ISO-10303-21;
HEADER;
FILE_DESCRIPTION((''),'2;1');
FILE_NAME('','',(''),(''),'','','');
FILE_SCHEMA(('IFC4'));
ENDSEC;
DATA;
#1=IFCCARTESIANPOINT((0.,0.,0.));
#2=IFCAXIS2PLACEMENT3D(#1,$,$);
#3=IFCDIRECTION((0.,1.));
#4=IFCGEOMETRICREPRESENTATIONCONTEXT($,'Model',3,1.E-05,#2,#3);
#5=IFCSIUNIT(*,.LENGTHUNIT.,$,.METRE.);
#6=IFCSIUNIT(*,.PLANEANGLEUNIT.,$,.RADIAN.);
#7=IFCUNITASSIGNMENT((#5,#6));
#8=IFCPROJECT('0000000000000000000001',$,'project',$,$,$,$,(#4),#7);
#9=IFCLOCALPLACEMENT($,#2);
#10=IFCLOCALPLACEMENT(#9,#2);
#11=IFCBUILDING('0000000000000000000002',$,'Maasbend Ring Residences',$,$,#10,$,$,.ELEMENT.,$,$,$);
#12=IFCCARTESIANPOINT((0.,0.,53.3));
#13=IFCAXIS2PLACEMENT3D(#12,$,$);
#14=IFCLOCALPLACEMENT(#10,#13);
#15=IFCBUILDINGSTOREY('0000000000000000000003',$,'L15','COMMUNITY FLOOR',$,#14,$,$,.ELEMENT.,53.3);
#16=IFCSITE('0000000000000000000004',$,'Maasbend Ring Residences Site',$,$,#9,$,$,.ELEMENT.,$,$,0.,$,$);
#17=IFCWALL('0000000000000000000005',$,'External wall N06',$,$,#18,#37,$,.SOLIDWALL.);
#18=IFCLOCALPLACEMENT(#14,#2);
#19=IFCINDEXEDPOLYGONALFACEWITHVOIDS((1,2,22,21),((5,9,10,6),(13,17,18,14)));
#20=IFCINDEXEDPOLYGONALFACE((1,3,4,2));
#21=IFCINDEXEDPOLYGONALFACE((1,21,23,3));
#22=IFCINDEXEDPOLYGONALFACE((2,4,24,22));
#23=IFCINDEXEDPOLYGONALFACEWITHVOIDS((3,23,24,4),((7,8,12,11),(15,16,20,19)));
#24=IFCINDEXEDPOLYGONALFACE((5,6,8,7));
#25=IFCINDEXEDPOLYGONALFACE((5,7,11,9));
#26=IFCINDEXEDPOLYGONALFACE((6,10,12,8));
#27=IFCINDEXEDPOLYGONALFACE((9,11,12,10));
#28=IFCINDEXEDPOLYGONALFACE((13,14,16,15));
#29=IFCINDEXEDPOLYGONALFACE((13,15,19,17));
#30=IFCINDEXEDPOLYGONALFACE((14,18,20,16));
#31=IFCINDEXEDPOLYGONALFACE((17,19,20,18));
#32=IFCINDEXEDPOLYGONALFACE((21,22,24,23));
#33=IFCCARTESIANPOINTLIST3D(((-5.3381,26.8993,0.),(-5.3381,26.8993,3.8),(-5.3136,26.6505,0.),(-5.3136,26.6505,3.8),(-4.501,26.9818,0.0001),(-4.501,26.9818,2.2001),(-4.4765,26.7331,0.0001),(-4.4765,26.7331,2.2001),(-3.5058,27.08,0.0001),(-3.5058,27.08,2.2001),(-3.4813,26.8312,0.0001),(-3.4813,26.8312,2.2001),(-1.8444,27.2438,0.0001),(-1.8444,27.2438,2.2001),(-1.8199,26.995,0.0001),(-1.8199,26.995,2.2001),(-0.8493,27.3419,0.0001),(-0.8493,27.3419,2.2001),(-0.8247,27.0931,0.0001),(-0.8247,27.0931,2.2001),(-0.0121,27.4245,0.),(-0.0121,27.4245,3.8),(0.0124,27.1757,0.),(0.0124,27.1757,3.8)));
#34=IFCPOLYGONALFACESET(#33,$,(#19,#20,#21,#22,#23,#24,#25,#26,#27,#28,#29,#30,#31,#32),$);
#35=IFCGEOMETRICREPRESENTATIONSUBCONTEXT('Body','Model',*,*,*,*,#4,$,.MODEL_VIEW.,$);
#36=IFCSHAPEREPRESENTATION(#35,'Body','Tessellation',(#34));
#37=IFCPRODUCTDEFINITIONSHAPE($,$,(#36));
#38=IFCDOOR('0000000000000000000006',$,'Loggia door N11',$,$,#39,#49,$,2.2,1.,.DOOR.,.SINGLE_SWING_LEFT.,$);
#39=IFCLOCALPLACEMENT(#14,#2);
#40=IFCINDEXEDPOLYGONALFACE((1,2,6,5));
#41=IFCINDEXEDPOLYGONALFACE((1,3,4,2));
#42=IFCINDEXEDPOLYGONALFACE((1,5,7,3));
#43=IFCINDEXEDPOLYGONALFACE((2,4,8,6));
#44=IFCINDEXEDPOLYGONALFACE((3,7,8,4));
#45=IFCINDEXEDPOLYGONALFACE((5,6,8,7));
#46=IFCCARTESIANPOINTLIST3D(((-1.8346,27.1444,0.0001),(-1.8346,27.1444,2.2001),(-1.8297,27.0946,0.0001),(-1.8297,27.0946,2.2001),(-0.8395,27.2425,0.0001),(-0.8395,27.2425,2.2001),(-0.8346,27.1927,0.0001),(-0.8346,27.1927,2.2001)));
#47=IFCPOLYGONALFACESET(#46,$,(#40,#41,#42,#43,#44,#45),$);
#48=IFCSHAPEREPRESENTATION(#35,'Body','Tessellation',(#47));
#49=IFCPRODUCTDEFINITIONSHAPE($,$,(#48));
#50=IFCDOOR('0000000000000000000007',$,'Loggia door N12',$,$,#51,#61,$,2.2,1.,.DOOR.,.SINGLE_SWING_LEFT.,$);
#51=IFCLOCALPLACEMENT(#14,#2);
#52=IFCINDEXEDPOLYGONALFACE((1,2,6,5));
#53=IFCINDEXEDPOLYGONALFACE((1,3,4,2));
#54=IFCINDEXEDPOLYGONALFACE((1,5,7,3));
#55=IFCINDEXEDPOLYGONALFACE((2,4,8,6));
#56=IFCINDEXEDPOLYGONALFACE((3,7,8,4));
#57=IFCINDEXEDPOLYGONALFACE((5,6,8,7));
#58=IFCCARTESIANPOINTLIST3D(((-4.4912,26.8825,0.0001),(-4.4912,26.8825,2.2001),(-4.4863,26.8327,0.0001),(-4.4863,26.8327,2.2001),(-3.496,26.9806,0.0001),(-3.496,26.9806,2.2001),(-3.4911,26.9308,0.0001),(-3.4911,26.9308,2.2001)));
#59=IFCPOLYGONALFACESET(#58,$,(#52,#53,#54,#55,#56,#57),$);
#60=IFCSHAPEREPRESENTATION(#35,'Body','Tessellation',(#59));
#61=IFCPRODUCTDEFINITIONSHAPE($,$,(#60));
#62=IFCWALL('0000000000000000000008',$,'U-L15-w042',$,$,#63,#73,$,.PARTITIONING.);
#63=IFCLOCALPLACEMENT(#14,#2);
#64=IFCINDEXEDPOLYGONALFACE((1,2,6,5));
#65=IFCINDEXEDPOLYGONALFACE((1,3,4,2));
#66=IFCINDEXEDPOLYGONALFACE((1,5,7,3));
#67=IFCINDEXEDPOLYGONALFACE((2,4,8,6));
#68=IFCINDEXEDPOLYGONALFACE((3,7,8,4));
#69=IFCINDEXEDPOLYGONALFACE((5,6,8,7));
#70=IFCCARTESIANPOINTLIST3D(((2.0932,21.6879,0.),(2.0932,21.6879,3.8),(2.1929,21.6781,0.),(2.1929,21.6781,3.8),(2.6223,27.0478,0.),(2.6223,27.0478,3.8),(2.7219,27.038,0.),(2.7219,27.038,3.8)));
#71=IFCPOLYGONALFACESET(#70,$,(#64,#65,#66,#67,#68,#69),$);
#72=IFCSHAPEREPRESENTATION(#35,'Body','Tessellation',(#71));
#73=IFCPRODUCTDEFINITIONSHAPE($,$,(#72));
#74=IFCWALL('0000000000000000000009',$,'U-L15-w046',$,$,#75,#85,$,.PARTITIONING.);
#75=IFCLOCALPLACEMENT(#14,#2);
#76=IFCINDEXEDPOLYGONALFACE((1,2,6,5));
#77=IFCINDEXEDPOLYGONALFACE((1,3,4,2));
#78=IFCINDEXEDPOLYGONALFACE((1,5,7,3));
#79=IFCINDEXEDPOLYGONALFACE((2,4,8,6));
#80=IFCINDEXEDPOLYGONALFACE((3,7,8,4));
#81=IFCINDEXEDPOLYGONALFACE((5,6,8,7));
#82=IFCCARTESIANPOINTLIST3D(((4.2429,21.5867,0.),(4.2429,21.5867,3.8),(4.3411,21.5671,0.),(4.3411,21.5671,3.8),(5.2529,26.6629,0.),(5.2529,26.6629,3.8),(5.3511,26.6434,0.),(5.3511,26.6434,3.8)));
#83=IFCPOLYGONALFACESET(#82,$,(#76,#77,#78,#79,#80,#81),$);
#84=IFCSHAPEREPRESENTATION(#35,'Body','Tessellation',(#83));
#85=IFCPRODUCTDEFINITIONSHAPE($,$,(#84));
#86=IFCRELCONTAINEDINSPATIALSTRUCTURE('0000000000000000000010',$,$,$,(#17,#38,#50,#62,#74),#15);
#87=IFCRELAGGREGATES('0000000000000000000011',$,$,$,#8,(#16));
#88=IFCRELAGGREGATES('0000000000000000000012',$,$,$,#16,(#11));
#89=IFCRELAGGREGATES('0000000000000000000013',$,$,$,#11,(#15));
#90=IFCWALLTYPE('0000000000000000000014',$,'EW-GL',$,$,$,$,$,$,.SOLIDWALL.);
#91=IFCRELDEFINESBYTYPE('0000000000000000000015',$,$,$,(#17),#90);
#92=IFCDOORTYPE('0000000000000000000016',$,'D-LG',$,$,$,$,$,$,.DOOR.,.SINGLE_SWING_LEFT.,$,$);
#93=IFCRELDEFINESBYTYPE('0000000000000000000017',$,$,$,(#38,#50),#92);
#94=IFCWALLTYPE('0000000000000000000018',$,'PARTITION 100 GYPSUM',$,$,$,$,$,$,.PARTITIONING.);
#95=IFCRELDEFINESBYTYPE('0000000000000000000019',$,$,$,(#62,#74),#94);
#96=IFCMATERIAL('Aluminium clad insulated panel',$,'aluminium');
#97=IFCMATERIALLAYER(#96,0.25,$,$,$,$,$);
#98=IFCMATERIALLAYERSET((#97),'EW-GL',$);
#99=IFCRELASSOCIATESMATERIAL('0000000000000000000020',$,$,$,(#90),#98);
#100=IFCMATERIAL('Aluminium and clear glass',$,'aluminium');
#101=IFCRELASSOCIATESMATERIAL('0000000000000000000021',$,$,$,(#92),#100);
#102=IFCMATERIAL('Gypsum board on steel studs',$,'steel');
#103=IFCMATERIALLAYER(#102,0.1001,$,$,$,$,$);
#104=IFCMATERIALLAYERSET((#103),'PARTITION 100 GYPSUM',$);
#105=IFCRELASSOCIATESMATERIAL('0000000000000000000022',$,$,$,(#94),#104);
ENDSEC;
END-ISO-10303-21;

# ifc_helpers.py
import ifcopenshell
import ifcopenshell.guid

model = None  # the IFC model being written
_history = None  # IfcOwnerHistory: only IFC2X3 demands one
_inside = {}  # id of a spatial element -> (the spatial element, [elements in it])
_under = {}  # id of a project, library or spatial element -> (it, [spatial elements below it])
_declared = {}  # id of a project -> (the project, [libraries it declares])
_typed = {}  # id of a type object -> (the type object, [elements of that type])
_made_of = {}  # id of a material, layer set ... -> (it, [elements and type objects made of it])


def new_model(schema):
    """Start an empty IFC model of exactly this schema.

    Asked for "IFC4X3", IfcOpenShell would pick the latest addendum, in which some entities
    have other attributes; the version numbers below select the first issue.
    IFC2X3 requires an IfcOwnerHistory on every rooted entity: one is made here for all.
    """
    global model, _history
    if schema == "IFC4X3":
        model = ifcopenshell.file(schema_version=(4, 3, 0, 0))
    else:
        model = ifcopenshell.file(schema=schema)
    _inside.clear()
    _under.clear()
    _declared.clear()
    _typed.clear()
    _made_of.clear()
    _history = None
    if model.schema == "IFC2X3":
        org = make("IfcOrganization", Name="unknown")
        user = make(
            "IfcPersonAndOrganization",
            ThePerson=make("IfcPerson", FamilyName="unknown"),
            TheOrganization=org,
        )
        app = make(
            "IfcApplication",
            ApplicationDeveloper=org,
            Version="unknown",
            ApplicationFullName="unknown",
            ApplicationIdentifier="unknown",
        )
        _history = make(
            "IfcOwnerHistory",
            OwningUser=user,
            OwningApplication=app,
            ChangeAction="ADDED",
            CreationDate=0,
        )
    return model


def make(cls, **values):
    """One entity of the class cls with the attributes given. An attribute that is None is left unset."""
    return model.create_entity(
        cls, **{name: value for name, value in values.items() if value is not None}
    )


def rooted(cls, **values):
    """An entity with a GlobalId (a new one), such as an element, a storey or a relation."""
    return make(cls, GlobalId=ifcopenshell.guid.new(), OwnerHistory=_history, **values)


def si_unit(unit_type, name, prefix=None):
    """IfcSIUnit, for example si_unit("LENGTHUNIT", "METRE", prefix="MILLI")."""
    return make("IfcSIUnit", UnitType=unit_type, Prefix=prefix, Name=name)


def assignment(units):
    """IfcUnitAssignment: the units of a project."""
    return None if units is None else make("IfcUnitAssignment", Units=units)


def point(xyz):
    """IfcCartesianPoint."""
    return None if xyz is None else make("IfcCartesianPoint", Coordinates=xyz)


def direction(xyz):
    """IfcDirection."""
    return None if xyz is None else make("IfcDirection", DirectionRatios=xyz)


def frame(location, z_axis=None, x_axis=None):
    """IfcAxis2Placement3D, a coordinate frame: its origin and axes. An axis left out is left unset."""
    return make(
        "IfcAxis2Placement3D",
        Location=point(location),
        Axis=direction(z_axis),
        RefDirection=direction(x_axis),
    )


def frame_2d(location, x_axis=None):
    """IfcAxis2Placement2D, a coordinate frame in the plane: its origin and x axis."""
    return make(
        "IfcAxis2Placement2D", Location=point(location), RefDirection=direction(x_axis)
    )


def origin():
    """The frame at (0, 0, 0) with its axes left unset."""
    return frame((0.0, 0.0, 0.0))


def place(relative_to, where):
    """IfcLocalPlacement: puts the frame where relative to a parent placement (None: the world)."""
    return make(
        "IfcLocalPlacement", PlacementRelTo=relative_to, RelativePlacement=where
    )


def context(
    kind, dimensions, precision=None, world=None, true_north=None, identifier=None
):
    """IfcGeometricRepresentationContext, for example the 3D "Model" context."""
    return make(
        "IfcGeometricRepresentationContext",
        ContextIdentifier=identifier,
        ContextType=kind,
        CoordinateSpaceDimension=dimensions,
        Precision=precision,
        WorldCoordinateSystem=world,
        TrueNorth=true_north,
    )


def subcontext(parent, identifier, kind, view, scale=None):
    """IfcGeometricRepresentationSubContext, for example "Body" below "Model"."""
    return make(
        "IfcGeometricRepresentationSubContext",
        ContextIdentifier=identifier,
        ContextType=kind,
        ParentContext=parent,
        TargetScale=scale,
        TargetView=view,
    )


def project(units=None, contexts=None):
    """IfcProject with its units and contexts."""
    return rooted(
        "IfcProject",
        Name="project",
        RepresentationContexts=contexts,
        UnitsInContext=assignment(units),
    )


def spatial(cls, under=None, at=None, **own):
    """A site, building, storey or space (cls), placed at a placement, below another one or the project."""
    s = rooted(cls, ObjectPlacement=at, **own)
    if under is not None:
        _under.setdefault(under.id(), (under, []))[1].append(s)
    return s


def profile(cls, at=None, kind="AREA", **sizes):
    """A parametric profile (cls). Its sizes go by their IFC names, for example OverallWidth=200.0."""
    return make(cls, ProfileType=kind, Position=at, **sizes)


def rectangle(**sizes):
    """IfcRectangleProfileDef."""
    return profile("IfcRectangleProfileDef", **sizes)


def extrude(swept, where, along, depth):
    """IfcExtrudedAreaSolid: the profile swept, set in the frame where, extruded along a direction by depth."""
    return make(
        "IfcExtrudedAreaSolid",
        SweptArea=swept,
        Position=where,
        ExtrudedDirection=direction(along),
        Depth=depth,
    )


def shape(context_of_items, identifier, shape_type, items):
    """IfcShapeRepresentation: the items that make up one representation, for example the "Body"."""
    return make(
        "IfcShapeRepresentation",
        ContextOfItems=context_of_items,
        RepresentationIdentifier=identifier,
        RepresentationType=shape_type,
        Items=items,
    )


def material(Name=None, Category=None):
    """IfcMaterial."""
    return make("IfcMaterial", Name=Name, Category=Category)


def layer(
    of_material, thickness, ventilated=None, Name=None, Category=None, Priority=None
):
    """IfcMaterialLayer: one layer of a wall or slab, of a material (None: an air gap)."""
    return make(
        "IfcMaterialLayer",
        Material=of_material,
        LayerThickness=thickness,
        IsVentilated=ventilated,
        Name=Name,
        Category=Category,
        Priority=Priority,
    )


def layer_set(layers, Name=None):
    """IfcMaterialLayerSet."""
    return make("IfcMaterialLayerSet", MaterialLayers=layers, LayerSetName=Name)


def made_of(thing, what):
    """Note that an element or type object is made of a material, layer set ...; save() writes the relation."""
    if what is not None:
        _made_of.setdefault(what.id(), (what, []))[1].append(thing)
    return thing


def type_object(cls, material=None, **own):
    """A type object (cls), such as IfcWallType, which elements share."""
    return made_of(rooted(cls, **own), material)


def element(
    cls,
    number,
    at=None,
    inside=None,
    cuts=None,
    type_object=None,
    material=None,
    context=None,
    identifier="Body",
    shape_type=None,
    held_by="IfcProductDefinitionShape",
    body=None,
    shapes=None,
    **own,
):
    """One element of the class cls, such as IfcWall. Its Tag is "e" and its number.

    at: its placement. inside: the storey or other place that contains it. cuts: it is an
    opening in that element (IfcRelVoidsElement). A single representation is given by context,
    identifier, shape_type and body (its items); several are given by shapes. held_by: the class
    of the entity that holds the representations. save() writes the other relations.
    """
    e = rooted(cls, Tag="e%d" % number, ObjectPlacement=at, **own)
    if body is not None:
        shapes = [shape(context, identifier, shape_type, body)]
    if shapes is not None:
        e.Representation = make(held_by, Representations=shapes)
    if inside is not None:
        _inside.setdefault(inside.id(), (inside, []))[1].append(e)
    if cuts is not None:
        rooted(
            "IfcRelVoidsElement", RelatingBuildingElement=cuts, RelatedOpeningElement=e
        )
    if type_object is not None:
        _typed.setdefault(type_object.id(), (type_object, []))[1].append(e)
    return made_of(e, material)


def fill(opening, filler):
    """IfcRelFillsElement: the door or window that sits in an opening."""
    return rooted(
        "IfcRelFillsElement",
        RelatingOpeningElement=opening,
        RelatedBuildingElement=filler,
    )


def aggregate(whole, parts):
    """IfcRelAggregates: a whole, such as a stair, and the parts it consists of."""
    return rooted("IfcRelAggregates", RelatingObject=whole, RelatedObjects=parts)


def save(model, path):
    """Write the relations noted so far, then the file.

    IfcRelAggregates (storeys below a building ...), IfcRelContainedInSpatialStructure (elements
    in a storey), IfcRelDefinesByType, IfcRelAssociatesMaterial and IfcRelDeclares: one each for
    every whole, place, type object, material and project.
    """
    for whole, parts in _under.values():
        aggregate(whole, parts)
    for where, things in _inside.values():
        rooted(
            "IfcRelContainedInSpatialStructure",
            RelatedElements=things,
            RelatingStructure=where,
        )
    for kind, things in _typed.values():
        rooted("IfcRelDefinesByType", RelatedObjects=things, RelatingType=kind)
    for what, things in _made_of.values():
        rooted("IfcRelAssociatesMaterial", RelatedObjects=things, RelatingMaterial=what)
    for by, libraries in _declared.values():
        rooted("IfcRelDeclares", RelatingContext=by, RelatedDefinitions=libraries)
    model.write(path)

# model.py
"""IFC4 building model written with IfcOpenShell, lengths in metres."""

from ifc_helpers import new_model, si_unit, direction, frame, frame_2d, origin, place, context, subcontext, project, spatial, rectangle, extrude, material, layer, layer_set, type_object, element, fill, save


model = new_model("IFC4")

# Units and contexts
model_context = context("Model", 3, precision=1e-05, world=origin(), true_north=direction((0.0, 1.0)))
body_context = subcontext(model_context, "Body", "Model", "MODEL_VIEW")
ifc_project = project(units=[si_unit("LENGTHUNIT", "METRE"), si_unit("PLANEANGLEUNIT", "RADIAN")], contexts=[model_context])

# Site, building, storey
site_placement = place(None, origin())
site = spatial("IfcSite", under=ifc_project, at=site_placement, Name="Maasbend Ring Residences Site", CompositionType="ELEMENT", RefElevation=0.0)
building_placement = place(site_placement, origin())
building = spatial("IfcBuilding", under=site, at=building_placement, Name="Maasbend Ring Residences", CompositionType="ELEMENT")
storey_placement = place(building_placement, frame((0.0, 0.0, 53.3)))
storey = spatial("IfcBuildingStorey", under=building, at=storey_placement, Name="L15", Description="COMMUNITY FLOOR", CompositionType="ELEMENT", Elevation=53.3)

# Wall, openings, doors
ifc_material_1 = material(Name="Aluminium clad insulated panel", Category="aluminium")
ifc_layer_1 = layer(ifc_material_1, 0.25)
ifc_layer_set_1 = layer_set([ifc_layer_1], Name="EW-GL")
wall_type_1 = type_object("IfcWallType", Name="EW-GL", PredefinedType="SOLIDWALL", material=ifc_layer_set_1)
ifc_material_2 = material(Name="Aluminium and clear glass", Category="aluminium")
door_type_1 = type_object("IfcDoorType", Name="D-LG", OperationType="SINGLE_SWING_LEFT", PredefinedType="DOOR", material=ifc_material_2)
wall_1_placement = place(storey_placement, frame((0.0, 27.3, 0.0), z_axis=(0.0, 0.0, 1.0), x_axis=(-0.995174, -0.098126, 0.0)))
wall_1 = element("IfcWall", 1, at=wall_1_placement, inside=storey, type_object=wall_type_1, Name="External wall N06", PredefinedType="SOLIDWALL", context=body_context, shape_type="SweptSolid", body=[
    extrude(rectangle(XDim=5.3518, YDim=0.25, at=frame_2d((2.6758, 0.0))), origin(), (0.0, 0.0, 1.0), 3.8),
])
opening_1_placement = place(wall_1_placement, frame((0.8411, 0.0, 0.0)))
opening_1 = element("IfcOpeningElement", 2, at=opening_1_placement, cuts=wall_1, PredefinedType="OPENING", context=body_context, shape_type="SweptSolid", body=[
    extrude(rectangle(XDim=1.0, YDim=2.2, at=frame_2d((0.5, 1.1001))), frame((0.0, 0.135, 0.0), z_axis=(0.0, -1.0, 0.0), x_axis=(1.0, 0.0, 0.0)), (0.0, 0.0, 1.0), 0.27),
])
opening_2_placement = place(wall_1_placement, frame((3.5105, 0.0, 0.0)))
opening_2 = element("IfcOpeningElement", 3, at=opening_2_placement, cuts=wall_1, PredefinedType="OPENING", context=body_context, shape_type="SweptSolid", body=[
    extrude(rectangle(XDim=1.0, YDim=2.2, at=frame_2d((0.5, 1.1001))), frame((0.0, 0.135, 0.0), z_axis=(0.0, -1.0, 0.0), x_axis=(1.0, 0.0, 0.0)), (0.0, 0.0, 1.0), 0.27),
])
door_1_placement = place(opening_1_placement, origin())
door_1 = element("IfcDoor", 4, at=door_1_placement, inside=storey, type_object=door_type_1, Name="Loggia door N11", OperationType="SINGLE_SWING_LEFT", OverallHeight=2.2, OverallWidth=1.0, PredefinedType="DOOR", context=body_context, shape_type="SweptSolid", body=[
    extrude(rectangle(XDim=1.0, YDim=2.2, at=frame_2d((0.5, 1.1001))), frame((0.0, 0.0249, 0.0), z_axis=(0.0, -1.0, 0.0), x_axis=(1.0, 0.0, 0.0)), (0.0, 0.0, 1.0), 0.05),
])
fill(opening_1, door_1)
door_2_placement = place(opening_2_placement, origin())
door_2 = element("IfcDoor", 5, at=door_2_placement, inside=storey, type_object=door_type_1, Name="Loggia door N12", OperationType="SINGLE_SWING_LEFT", OverallHeight=2.2, OverallWidth=1.0, PredefinedType="DOOR", context=body_context, shape_type="SweptSolid", body=[
    extrude(rectangle(XDim=1.0, YDim=2.2, at=frame_2d((0.5, 1.1001))), frame((0.0, 0.0249, 0.0), z_axis=(0.0, -1.0, 0.0), x_axis=(1.0, 0.0, 0.0)), (0.0, 0.0, 1.0), 0.05),
])
fill(opening_2, door_2)

# Walls
ifc_material_3 = material(Name="Gypsum board on steel studs", Category="steel")
ifc_layer_2 = layer(ifc_material_3, 0.1001)
ifc_layer_set_2 = layer_set([ifc_layer_2], Name="PARTITION 100 GYPSUM")
wall_type_2 = type_object("IfcWallType", Name="PARTITION 100 GYPSUM", PredefinedType="PARTITIONING", material=ifc_layer_set_2)
wall_2_placement = place(storey_placement, frame((2.1431, 21.6831, 0.0), z_axis=(0.0, 0.0, 1.0), x_axis=(0.098229, 0.995164, 0.0)))
element("IfcWall", 6, at=wall_2_placement, inside=storey, type_object=wall_type_2, Name="U-L15-w042", PredefinedType="PARTITIONING", context=body_context, shape_type="SweptSolid", body=[
    extrude(rectangle(XDim=5.386, YDim=0.1001, at=frame_2d((2.6929, 0.0))), origin(), (0.0, 0.0, 1.0), 3.8),
])
wall_3_placement = place(storey_placement, frame((4.292, 21.5769, 0.0), z_axis=(0.0, 0.0, 1.0), x_axis=(0.195145, 0.980774, 0.0)))
element("IfcWall", 7, at=wall_3_placement, inside=storey, type_object=wall_type_2, Name="U-L15-w046", PredefinedType="PARTITIONING", context=body_context, shape_type="SweptSolid", body=[
    extrude(rectangle(XDim=5.1758, YDim=0.1001, at=frame_2d((2.5879, 0.0))), origin(), (0.0, 0.0, 1.0), 3.8),
])

save(model, "model.ifc")
